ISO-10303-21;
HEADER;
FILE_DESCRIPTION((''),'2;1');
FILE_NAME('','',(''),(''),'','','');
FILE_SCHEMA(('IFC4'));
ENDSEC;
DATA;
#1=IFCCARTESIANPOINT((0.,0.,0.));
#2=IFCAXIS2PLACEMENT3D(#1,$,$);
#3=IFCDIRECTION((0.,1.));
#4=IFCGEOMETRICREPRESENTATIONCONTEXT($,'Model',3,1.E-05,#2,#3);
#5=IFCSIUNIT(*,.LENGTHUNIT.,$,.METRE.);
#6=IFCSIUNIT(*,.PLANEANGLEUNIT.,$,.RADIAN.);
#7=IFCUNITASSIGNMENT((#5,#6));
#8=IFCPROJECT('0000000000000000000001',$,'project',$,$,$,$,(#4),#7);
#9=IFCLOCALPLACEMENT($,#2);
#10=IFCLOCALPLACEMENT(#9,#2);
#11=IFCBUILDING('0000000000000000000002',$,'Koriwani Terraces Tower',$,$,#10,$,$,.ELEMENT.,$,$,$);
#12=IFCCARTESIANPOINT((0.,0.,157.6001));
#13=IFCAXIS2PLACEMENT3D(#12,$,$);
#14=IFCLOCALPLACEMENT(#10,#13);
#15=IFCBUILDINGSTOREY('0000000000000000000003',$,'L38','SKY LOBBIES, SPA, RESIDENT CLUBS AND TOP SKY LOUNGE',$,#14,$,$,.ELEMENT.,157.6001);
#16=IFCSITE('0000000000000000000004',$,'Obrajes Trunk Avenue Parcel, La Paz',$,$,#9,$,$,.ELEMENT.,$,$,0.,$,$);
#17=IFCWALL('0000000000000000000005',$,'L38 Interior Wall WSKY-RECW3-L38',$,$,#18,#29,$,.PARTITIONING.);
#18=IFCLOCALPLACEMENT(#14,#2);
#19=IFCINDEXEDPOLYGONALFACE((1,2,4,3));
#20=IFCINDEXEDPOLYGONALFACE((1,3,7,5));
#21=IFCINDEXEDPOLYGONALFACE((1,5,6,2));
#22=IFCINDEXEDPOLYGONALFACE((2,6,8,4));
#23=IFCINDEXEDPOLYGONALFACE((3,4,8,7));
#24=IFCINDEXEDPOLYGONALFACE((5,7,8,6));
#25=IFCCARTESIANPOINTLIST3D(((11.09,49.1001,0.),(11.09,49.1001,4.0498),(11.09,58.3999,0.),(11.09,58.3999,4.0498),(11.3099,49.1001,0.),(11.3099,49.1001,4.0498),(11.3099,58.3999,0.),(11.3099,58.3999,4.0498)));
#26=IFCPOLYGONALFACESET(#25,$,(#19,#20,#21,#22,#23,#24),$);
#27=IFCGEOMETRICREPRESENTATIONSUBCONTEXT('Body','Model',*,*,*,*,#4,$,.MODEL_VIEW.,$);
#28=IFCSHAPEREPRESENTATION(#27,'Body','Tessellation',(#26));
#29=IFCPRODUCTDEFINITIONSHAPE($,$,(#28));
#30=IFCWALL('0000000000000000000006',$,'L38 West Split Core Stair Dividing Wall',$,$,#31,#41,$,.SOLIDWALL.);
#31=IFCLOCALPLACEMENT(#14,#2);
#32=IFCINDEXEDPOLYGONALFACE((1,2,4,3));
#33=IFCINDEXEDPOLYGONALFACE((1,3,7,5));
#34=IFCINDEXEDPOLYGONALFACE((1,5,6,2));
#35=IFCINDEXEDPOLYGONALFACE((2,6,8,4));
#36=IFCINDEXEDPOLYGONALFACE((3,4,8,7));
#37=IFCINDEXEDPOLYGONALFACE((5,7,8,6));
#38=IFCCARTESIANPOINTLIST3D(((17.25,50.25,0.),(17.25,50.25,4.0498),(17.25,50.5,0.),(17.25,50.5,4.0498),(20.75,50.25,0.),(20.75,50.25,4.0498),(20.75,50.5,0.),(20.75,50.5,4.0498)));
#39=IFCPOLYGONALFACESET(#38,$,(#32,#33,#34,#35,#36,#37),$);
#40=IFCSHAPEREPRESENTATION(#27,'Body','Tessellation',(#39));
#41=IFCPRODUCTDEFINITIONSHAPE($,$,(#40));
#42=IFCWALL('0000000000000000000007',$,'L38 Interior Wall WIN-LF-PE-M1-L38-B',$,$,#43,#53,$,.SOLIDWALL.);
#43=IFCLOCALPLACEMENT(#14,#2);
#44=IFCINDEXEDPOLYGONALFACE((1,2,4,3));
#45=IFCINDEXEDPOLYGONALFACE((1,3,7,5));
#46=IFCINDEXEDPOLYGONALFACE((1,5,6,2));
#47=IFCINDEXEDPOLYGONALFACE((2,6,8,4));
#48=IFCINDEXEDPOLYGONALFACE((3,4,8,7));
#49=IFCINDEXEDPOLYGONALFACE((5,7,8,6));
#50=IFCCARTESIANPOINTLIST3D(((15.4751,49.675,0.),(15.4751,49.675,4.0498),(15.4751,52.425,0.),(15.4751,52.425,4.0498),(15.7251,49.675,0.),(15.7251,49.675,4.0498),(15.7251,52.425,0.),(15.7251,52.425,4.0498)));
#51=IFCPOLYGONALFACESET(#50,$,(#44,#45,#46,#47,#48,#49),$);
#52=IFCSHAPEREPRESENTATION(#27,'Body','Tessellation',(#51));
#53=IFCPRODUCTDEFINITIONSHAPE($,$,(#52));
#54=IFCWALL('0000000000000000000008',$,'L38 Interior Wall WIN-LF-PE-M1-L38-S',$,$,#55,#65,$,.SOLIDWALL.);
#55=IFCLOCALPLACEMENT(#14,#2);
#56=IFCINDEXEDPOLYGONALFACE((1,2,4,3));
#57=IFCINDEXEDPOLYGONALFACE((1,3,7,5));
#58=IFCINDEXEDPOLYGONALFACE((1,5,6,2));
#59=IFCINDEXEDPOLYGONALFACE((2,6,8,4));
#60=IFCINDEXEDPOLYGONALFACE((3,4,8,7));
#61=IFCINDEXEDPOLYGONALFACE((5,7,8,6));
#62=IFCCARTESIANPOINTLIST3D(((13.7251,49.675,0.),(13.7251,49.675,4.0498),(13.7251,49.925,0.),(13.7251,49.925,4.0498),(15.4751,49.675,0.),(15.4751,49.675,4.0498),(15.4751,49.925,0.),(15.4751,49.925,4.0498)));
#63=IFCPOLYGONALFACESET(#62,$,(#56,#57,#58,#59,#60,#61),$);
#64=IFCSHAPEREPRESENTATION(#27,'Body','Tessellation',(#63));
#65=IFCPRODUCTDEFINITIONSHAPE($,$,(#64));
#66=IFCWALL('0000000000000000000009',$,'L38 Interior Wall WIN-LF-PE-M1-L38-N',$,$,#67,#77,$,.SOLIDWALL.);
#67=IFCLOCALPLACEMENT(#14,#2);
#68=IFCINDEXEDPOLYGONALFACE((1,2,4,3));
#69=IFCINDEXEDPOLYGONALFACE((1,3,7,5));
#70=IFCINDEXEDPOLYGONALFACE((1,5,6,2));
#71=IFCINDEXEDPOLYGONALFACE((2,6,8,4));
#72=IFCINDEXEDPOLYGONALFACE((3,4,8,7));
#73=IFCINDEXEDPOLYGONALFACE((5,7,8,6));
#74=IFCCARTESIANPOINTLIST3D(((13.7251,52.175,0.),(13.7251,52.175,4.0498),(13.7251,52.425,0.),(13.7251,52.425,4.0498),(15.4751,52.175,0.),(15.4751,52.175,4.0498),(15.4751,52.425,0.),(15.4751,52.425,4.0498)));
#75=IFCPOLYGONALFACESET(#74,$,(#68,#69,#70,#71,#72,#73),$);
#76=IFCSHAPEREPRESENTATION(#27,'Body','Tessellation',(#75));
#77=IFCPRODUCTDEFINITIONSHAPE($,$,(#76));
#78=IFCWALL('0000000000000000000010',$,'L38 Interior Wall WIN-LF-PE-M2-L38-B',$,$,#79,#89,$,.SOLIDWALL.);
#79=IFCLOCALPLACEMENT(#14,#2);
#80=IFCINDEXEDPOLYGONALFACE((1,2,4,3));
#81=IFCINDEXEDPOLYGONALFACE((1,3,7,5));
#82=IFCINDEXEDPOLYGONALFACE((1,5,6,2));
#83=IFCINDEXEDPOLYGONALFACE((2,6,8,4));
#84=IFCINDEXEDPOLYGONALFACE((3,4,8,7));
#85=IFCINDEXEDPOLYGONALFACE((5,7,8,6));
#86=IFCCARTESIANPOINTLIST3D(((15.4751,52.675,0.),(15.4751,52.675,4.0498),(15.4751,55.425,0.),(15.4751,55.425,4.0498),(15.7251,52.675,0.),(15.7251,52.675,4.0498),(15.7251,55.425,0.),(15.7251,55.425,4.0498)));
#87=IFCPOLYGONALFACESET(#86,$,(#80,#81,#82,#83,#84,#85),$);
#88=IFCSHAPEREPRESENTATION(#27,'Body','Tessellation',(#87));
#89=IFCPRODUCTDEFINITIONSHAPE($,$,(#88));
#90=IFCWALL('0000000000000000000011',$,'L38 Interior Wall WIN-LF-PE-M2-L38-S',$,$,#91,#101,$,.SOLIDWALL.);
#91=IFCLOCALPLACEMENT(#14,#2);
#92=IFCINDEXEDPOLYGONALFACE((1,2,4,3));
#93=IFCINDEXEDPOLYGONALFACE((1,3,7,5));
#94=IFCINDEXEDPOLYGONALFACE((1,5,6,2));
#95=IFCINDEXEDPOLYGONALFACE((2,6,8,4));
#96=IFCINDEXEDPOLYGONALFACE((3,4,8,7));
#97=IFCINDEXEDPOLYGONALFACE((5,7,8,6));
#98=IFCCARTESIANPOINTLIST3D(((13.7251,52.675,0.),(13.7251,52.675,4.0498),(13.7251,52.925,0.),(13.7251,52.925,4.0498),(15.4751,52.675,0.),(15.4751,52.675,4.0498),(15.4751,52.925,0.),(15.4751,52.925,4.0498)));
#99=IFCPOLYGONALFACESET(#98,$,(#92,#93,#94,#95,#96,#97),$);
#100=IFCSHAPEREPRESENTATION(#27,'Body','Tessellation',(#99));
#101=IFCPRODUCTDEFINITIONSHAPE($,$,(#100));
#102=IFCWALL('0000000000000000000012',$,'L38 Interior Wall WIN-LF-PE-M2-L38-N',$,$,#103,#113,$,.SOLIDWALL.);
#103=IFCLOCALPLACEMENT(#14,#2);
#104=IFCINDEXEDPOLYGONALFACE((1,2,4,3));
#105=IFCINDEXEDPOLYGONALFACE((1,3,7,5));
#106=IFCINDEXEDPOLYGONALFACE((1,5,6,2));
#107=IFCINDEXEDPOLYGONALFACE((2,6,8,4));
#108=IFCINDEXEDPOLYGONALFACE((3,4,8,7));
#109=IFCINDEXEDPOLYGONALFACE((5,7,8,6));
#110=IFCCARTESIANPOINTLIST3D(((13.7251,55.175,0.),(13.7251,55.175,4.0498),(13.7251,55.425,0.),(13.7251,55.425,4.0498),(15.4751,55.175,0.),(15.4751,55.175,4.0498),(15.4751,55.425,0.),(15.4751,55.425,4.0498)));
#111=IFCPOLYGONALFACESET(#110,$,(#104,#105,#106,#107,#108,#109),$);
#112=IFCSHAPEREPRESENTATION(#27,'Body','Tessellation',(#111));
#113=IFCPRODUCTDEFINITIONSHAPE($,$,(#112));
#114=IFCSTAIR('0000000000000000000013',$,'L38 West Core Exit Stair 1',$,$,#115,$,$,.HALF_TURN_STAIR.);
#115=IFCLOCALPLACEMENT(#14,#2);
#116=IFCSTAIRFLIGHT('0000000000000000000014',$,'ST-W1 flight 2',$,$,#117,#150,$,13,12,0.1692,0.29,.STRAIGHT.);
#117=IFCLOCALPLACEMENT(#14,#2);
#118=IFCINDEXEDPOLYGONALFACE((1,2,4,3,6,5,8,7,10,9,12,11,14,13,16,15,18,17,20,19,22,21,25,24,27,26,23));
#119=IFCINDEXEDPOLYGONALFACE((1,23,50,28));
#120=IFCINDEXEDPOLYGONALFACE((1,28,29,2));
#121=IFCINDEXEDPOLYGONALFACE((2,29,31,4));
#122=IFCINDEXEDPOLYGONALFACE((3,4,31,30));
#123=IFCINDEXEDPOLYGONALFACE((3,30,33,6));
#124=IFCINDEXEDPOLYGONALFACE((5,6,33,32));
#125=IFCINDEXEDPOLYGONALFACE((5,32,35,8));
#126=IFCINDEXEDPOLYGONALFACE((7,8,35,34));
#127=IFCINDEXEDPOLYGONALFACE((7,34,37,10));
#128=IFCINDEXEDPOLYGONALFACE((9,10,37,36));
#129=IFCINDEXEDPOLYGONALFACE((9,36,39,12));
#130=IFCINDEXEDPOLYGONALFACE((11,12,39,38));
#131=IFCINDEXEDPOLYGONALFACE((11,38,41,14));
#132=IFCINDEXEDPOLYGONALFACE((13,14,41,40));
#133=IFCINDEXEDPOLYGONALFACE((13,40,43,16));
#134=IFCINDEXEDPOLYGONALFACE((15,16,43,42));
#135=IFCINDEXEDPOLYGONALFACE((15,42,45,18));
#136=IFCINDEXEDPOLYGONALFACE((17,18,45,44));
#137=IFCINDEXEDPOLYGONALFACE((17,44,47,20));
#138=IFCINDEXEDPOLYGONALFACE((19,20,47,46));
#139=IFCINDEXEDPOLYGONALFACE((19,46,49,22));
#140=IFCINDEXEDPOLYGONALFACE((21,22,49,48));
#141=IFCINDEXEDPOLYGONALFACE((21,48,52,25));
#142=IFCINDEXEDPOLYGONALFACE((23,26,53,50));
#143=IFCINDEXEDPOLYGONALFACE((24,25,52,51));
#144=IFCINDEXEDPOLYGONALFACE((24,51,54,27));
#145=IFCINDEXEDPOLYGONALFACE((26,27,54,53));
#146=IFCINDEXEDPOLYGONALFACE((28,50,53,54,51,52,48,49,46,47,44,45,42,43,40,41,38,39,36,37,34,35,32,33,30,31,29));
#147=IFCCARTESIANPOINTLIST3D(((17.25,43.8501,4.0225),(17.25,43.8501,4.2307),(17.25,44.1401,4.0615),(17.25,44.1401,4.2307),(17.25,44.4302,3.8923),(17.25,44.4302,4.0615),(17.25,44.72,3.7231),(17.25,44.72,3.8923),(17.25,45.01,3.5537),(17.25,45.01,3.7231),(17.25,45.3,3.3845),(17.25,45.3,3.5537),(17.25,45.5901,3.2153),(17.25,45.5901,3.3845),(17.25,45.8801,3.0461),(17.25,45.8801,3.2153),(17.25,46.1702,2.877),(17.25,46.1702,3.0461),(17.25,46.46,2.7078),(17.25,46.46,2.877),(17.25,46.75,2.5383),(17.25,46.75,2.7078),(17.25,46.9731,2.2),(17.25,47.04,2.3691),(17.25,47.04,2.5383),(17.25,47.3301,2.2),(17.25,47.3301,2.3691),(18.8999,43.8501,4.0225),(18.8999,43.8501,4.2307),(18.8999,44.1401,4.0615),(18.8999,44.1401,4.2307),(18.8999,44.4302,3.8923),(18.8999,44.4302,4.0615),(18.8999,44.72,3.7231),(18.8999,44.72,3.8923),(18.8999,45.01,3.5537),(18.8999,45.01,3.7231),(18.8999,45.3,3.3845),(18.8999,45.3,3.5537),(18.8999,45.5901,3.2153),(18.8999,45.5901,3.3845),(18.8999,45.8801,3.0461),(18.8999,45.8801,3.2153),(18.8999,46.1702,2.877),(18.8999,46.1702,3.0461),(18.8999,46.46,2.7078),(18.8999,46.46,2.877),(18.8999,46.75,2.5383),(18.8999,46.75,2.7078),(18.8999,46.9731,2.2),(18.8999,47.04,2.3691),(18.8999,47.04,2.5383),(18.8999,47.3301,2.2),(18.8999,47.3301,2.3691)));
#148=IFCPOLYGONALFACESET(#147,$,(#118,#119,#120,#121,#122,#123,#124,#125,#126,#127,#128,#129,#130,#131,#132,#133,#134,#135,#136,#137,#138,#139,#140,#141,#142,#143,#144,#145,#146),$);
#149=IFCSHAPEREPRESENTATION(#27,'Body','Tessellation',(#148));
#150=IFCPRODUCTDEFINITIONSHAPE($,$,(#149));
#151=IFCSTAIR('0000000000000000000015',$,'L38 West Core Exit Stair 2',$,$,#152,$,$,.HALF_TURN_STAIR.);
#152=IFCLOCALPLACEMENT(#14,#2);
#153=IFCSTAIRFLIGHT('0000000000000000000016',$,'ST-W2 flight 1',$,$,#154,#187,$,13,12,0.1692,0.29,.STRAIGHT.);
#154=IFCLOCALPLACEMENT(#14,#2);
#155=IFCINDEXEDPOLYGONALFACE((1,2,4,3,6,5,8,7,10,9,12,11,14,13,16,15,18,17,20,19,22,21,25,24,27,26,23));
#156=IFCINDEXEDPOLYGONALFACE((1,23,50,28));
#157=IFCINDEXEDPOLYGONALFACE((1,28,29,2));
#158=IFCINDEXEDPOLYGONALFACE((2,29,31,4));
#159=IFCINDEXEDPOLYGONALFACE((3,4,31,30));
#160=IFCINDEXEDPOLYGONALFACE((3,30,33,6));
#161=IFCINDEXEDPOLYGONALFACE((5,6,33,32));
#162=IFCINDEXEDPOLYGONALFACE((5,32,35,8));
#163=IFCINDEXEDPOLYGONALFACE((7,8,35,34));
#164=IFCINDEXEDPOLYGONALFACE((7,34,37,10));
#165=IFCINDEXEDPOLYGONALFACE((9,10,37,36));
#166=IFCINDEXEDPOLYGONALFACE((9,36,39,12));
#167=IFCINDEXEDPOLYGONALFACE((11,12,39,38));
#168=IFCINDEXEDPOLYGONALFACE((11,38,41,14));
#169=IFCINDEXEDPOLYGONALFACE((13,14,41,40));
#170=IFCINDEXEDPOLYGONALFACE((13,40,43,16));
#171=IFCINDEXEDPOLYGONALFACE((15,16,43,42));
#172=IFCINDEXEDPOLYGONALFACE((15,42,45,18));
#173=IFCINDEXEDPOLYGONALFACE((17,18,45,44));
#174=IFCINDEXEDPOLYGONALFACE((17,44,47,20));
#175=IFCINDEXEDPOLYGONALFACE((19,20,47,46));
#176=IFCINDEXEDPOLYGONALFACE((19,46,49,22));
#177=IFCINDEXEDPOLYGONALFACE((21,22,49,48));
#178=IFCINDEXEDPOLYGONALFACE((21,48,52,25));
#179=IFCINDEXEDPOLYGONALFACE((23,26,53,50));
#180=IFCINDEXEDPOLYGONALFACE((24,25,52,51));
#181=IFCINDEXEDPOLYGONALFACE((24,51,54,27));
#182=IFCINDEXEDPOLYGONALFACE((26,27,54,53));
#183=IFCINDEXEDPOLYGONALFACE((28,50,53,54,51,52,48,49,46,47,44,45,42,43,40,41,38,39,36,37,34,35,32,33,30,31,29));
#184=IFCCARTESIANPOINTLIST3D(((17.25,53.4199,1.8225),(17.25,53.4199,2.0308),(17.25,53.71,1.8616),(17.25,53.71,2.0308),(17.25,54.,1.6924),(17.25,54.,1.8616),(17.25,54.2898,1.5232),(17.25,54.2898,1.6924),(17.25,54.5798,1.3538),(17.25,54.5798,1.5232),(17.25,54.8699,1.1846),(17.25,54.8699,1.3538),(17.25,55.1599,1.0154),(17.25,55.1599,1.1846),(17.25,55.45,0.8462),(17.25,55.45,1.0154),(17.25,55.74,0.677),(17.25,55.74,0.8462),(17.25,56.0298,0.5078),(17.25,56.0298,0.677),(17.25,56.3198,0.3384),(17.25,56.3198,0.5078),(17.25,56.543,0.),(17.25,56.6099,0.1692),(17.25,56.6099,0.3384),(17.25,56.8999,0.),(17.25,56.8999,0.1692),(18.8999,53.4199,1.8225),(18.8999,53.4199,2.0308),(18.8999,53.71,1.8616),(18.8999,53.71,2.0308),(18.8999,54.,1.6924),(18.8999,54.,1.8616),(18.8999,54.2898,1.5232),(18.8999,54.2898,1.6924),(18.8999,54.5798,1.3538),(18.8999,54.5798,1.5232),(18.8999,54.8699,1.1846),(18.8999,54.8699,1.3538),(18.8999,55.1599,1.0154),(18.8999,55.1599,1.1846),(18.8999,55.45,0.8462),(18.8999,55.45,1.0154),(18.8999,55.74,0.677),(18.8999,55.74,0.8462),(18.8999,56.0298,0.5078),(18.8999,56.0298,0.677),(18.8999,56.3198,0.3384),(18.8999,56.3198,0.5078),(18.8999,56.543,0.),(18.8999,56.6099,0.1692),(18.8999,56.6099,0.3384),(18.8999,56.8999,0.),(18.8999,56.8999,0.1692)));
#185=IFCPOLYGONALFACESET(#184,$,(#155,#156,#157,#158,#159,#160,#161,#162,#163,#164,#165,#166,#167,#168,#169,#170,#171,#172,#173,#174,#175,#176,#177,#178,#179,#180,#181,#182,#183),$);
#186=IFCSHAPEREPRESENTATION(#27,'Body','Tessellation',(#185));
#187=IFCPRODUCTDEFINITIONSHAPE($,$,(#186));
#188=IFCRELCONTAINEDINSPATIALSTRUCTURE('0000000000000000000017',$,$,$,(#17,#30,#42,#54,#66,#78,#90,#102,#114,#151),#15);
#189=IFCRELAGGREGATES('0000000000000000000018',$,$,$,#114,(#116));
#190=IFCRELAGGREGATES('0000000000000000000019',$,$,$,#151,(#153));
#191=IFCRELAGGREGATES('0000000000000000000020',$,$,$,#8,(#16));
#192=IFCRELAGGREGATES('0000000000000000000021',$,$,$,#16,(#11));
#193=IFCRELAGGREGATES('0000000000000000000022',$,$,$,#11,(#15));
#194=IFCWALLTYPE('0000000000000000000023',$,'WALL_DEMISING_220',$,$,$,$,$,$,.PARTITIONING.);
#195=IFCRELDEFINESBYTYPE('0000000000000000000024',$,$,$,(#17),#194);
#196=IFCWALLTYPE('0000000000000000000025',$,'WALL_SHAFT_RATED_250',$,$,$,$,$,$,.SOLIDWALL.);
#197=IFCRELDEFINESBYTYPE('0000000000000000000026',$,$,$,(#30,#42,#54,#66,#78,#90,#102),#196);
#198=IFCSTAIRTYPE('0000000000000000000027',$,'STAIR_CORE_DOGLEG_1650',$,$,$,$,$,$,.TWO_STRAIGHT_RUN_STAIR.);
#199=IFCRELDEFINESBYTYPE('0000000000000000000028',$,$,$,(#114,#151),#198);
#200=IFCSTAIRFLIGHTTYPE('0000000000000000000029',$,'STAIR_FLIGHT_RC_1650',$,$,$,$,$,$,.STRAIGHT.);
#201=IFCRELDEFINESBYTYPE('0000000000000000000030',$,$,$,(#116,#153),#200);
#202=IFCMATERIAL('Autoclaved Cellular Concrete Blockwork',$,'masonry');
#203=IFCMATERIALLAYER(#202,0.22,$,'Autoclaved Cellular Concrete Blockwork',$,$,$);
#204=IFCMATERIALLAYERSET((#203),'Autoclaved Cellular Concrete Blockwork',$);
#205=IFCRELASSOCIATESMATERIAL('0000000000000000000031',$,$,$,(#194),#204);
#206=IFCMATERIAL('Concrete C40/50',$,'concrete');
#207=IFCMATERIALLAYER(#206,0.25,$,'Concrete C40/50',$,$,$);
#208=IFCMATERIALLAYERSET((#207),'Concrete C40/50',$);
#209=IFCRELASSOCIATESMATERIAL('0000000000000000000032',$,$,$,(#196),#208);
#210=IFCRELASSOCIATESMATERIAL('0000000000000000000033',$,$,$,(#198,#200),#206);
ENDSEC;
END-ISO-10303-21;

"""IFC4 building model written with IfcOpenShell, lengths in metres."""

from ifc_helpers import new_model, si_unit, direction, frame, frame_2d, origin, place, context, subcontext, project, spatial, polyline, rectangle, outline, extrude, material, layer, layer_set, type_object, element, aggregate, save


model = new_model("IFC4")

# Units and contexts
model_context = context("Model", 3, precision=1e-05, world=origin(), true_north=direction((0.0, 1.0)))
body_context = subcontext(model_context, "Body", "Model", "MODEL_VIEW")
ifc_project = project(units=[si_unit("LENGTHUNIT", "METRE"), si_unit("PLANEANGLEUNIT", "RADIAN")], contexts=[model_context])

# Site, building, storey
site_placement = place(None, origin())
site = spatial("IfcSite", under=ifc_project, at=site_placement, Name="Obrajes Trunk Avenue Parcel, La Paz", CompositionType="ELEMENT", RefElevation=0.0)
building_placement = place(site_placement, origin())
building = spatial("IfcBuilding", under=site, at=building_placement, Name="Koriwani Terraces Tower", CompositionType="ELEMENT")
storey_placement = place(building_placement, frame((0.0, 0.0, 157.6001)))
storey = spatial("IfcBuildingStorey", under=building, at=storey_placement, Name="L38", Description="SKY LOBBIES, SPA, RESIDENT CLUBS AND TOP SKY LOUNGE", CompositionType="ELEMENT", Elevation=157.6001)

# Shared definitions
ifc_material_1 = material(Name="Concrete C40/50", Category="concrete")

# Walls
ifc_material_2 = material(Name="Autoclaved Cellular Concrete Blockwork", Category="masonry")
ifc_layer_1 = layer(ifc_material_2, 0.22, Name="Autoclaved Cellular Concrete Blockwork")
ifc_layer_set_1 = layer_set([ifc_layer_1], Name="Autoclaved Cellular Concrete Blockwork")
wall_type_1 = type_object("IfcWallType", Name="WALL_DEMISING_220", PredefinedType="PARTITIONING", material=ifc_layer_set_1)
wall_1_placement = place(storey_placement, frame((11.2, 49.1001, 0.0), z_axis=(0.0, 0.0, 1.0), x_axis=(0.0, 1.0, 0.0)))
element("IfcWall", 1, at=wall_1_placement, inside=storey, type_object=wall_type_1, Name="L38 Interior Wall WSKY-RECW3-L38", PredefinedType="PARTITIONING", context=body_context, shape_type="SweptSolid", body=[
    extrude(rectangle(XDim=9.2998, YDim=0.22, at=frame_2d((4.6499, 0.0))), origin(), (0.0, 0.0, 1.0), 4.0498),
])
ifc_layer_2 = layer(ifc_material_1, 0.25, Name="Concrete C40/50")
ifc_layer_set_2 = layer_set([ifc_layer_2], Name="Concrete C40/50")
wall_type_2 = type_object("IfcWallType", Name="WALL_SHAFT_RATED_250", PredefinedType="SOLIDWALL", material=ifc_layer_set_2)
wall_2_placement = place(storey_placement, frame((17.25, 50.375, 0.0), z_axis=(0.0, 0.0, 1.0), x_axis=(1.0, 0.0, 0.0)))
element("IfcWall", 2, at=wall_2_placement, inside=storey, type_object=wall_type_2, Name="L38 West Split Core Stair Dividing Wall", PredefinedType="SOLIDWALL", context=body_context, shape_type="SweptSolid", body=[
    extrude(rectangle(XDim=3.5, YDim=0.25, at=frame_2d((1.75, 0.0))), origin(), (0.0, 0.0, 1.0), 4.0498),
])

# Walls
wall_3_placement = place(storey_placement, frame((15.6001, 49.675, 0.0), z_axis=(0.0, 0.0, 1.0), x_axis=(0.0, 1.0, 0.0)))
element("IfcWall", 3, at=wall_3_placement, inside=storey, type_object=wall_type_2, Name="L38 Interior Wall WIN-LF-PE-M1-L38-B", PredefinedType="SOLIDWALL", context=body_context, shape_type="SweptSolid", body=[
    extrude(rectangle(XDim=2.75, YDim=0.25, at=frame_2d((1.375, 0.0))), origin(), (0.0, 0.0, 1.0), 4.0498),
])
for number, where, z_axis, x_axis, name in (
    (4, (13.7251, 49.8, 0.0), (0.0, 0.0, 1.0), (1.0, 0.0, 0.0), "L38 Interior Wall WIN-LF-PE-M1-L38-S"),
    (5, (13.7251, 52.3, 0.0), (0.0, 0.0, 1.0), (1.0, 0.0, 0.0), "L38 Interior Wall WIN-LF-PE-M1-L38-N"),
):
    element("IfcWall", number, at=place(storey_placement, frame(where, z_axis=z_axis, x_axis=x_axis)), inside=storey, type_object=wall_type_2, Name=name, PredefinedType="SOLIDWALL", context=body_context, shape_type="SweptSolid", body=[
        extrude(rectangle(XDim=1.75, YDim=0.25, at=frame_2d((0.875, 0.0))), origin(), (0.0, 0.0, 1.0), 4.0498),
    ])

# Walls
wall_4_placement = place(storey_placement, frame((15.6001, 52.675, 0.0), z_axis=(0.0, 0.0, 1.0), x_axis=(0.0, 1.0, 0.0)))
element("IfcWall", 6, at=wall_4_placement, inside=storey, type_object=wall_type_2, Name="L38 Interior Wall WIN-LF-PE-M2-L38-B", PredefinedType="SOLIDWALL", context=body_context, shape_type="SweptSolid", body=[
    extrude(rectangle(XDim=2.75, YDim=0.25, at=frame_2d((1.375, 0.0))), origin(), (0.0, 0.0, 1.0), 4.0498),
])
for number, where, z_axis, x_axis, name in (
    (7, (13.7251, 52.8, 0.0), (0.0, 0.0, 1.0), (1.0, 0.0, 0.0), "L38 Interior Wall WIN-LF-PE-M2-L38-S"),
    (8, (13.7251, 55.3, 0.0), (0.0, 0.0, 1.0), (1.0, 0.0, 0.0), "L38 Interior Wall WIN-LF-PE-M2-L38-N"),
):
    element("IfcWall", number, at=place(storey_placement, frame(where, z_axis=z_axis, x_axis=x_axis)), inside=storey, type_object=wall_type_2, Name=name, PredefinedType="SOLIDWALL", context=body_context, shape_type="SweptSolid", body=[
        extrude(rectangle(XDim=1.75, YDim=0.25, at=frame_2d((0.875, 0.0))), origin(), (0.0, 0.0, 1.0), 4.0498),
    ])

# Stairs, stair flights
stair_type = type_object("IfcStairType", Name="STAIR_CORE_DOGLEG_1650", PredefinedType="TWO_STRAIGHT_RUN_STAIR", material=ifc_material_1)
stair_1_placement = place(storey_placement, origin())
stair_1 = element("IfcStair", 9, at=stair_1_placement, inside=storey, type_object=stair_type, Name="L38 West Core Exit Stair 1", PredefinedType="HALF_TURN_STAIR")
stair_flight_type = type_object("IfcStairFlightType", Name="STAIR_FLIGHT_RC_1650", PredefinedType="STRAIGHT", material=ifc_material_1)
stair_flight_1_placement = place(storey_placement, frame((18.075, 47.3301, 2.2), z_axis=(0.0, 0.0, 1.0), x_axis=(0.0, -1.0, 0.0)))
stair_flight_1 = element("IfcStairFlight", 10, at=stair_flight_1_placement, type_object=stair_flight_type, Name="ST-W1 flight 2", NumberOfRisers=13, NumberOfTreads=12, PredefinedType="STRAIGHT", RiserHeight=0.1692, TreadLength=0.29, context=body_context, shape_type="SweptSolid", body=[
    extrude(outline(polyline([(0.0, 0.0), (0.0, 0.1692), (0.29, 0.1692), (0.29, 0.3384), (0.5801, 0.3384), (0.5801, 0.5078), (0.8701, 0.5078), (0.8701, 0.677), (1.1599, 0.677), (1.1599, 0.8462), (1.45, 0.8462), (1.45, 1.0154), (1.74, 1.0154), (1.74, 1.1846), (2.03, 1.1846), (2.03, 1.3538), (2.3201, 1.3538), (2.3201, 1.5232), (2.6101, 1.5232), (2.6101, 1.6924), (2.8999, 1.6924), (2.8999, 1.8616), (3.1899, 1.8616), (3.1899, 2.0308), (3.48, 2.0308), (3.48, 2.2), (3.48, 1.8225), (0.3569, 0.0), (0.0, 0.0)])), frame((0.0, 0.825, 0.0), z_axis=(0.0, -1.0, 0.0), x_axis=(1.0, 0.0, 0.0)), (0.0, 0.0, 1.0), 1.6499),
])
aggregate(stair_1, [stair_flight_1])
stair_2_placement = place(storey_placement, origin())
stair_2 = element("IfcStair", 11, at=stair_2_placement, inside=storey, type_object=stair_type, Name="L38 West Core Exit Stair 2", PredefinedType="HALF_TURN_STAIR")
stair_flight_2_placement = place(storey_placement, frame((18.075, 56.8999, 0.0), z_axis=(0.0, 0.0, 1.0), x_axis=(0.0, -1.0, 0.0)))
stair_flight_2 = element("IfcStairFlight", 12, at=stair_flight_2_placement, type_object=stair_flight_type, Name="ST-W2 flight 1", NumberOfRisers=13, NumberOfTreads=12, PredefinedType="STRAIGHT", RiserHeight=0.1692, TreadLength=0.29, context=body_context, shape_type="SweptSolid", body=[
    extrude(outline(polyline([(0.0, 0.0), (0.0, 0.1692), (0.29, 0.1692), (0.29, 0.3384), (0.5801, 0.3384), (0.5801, 0.5078), (0.8701, 0.5078), (0.8701, 0.677), (1.1599, 0.677), (1.1599, 0.8462), (1.45, 0.8462), (1.45, 1.0154), (1.74, 1.0154), (1.74, 1.1846), (2.03, 1.1846), (2.03, 1.3538), (2.3201, 1.3538), (2.3201, 1.5232), (2.6101, 1.5232), (2.6101, 1.6924), (2.8999, 1.6924), (2.8999, 1.8616), (3.1899, 1.8616), (3.1899, 2.0308), (3.48, 2.0308), (3.48, 2.2), (3.48, 1.8225), (0.3569, 0.0), (0.0, 0.0)])), frame((0.0, 0.825, 0.0), z_axis=(0.0, -1.0, 0.0), x_axis=(1.0, 0.0, 0.0)), (0.0, 0.0, 1.0), 1.6499),
])
aggregate(stair_2, [stair_flight_2])

save(model, "model.ifc")
